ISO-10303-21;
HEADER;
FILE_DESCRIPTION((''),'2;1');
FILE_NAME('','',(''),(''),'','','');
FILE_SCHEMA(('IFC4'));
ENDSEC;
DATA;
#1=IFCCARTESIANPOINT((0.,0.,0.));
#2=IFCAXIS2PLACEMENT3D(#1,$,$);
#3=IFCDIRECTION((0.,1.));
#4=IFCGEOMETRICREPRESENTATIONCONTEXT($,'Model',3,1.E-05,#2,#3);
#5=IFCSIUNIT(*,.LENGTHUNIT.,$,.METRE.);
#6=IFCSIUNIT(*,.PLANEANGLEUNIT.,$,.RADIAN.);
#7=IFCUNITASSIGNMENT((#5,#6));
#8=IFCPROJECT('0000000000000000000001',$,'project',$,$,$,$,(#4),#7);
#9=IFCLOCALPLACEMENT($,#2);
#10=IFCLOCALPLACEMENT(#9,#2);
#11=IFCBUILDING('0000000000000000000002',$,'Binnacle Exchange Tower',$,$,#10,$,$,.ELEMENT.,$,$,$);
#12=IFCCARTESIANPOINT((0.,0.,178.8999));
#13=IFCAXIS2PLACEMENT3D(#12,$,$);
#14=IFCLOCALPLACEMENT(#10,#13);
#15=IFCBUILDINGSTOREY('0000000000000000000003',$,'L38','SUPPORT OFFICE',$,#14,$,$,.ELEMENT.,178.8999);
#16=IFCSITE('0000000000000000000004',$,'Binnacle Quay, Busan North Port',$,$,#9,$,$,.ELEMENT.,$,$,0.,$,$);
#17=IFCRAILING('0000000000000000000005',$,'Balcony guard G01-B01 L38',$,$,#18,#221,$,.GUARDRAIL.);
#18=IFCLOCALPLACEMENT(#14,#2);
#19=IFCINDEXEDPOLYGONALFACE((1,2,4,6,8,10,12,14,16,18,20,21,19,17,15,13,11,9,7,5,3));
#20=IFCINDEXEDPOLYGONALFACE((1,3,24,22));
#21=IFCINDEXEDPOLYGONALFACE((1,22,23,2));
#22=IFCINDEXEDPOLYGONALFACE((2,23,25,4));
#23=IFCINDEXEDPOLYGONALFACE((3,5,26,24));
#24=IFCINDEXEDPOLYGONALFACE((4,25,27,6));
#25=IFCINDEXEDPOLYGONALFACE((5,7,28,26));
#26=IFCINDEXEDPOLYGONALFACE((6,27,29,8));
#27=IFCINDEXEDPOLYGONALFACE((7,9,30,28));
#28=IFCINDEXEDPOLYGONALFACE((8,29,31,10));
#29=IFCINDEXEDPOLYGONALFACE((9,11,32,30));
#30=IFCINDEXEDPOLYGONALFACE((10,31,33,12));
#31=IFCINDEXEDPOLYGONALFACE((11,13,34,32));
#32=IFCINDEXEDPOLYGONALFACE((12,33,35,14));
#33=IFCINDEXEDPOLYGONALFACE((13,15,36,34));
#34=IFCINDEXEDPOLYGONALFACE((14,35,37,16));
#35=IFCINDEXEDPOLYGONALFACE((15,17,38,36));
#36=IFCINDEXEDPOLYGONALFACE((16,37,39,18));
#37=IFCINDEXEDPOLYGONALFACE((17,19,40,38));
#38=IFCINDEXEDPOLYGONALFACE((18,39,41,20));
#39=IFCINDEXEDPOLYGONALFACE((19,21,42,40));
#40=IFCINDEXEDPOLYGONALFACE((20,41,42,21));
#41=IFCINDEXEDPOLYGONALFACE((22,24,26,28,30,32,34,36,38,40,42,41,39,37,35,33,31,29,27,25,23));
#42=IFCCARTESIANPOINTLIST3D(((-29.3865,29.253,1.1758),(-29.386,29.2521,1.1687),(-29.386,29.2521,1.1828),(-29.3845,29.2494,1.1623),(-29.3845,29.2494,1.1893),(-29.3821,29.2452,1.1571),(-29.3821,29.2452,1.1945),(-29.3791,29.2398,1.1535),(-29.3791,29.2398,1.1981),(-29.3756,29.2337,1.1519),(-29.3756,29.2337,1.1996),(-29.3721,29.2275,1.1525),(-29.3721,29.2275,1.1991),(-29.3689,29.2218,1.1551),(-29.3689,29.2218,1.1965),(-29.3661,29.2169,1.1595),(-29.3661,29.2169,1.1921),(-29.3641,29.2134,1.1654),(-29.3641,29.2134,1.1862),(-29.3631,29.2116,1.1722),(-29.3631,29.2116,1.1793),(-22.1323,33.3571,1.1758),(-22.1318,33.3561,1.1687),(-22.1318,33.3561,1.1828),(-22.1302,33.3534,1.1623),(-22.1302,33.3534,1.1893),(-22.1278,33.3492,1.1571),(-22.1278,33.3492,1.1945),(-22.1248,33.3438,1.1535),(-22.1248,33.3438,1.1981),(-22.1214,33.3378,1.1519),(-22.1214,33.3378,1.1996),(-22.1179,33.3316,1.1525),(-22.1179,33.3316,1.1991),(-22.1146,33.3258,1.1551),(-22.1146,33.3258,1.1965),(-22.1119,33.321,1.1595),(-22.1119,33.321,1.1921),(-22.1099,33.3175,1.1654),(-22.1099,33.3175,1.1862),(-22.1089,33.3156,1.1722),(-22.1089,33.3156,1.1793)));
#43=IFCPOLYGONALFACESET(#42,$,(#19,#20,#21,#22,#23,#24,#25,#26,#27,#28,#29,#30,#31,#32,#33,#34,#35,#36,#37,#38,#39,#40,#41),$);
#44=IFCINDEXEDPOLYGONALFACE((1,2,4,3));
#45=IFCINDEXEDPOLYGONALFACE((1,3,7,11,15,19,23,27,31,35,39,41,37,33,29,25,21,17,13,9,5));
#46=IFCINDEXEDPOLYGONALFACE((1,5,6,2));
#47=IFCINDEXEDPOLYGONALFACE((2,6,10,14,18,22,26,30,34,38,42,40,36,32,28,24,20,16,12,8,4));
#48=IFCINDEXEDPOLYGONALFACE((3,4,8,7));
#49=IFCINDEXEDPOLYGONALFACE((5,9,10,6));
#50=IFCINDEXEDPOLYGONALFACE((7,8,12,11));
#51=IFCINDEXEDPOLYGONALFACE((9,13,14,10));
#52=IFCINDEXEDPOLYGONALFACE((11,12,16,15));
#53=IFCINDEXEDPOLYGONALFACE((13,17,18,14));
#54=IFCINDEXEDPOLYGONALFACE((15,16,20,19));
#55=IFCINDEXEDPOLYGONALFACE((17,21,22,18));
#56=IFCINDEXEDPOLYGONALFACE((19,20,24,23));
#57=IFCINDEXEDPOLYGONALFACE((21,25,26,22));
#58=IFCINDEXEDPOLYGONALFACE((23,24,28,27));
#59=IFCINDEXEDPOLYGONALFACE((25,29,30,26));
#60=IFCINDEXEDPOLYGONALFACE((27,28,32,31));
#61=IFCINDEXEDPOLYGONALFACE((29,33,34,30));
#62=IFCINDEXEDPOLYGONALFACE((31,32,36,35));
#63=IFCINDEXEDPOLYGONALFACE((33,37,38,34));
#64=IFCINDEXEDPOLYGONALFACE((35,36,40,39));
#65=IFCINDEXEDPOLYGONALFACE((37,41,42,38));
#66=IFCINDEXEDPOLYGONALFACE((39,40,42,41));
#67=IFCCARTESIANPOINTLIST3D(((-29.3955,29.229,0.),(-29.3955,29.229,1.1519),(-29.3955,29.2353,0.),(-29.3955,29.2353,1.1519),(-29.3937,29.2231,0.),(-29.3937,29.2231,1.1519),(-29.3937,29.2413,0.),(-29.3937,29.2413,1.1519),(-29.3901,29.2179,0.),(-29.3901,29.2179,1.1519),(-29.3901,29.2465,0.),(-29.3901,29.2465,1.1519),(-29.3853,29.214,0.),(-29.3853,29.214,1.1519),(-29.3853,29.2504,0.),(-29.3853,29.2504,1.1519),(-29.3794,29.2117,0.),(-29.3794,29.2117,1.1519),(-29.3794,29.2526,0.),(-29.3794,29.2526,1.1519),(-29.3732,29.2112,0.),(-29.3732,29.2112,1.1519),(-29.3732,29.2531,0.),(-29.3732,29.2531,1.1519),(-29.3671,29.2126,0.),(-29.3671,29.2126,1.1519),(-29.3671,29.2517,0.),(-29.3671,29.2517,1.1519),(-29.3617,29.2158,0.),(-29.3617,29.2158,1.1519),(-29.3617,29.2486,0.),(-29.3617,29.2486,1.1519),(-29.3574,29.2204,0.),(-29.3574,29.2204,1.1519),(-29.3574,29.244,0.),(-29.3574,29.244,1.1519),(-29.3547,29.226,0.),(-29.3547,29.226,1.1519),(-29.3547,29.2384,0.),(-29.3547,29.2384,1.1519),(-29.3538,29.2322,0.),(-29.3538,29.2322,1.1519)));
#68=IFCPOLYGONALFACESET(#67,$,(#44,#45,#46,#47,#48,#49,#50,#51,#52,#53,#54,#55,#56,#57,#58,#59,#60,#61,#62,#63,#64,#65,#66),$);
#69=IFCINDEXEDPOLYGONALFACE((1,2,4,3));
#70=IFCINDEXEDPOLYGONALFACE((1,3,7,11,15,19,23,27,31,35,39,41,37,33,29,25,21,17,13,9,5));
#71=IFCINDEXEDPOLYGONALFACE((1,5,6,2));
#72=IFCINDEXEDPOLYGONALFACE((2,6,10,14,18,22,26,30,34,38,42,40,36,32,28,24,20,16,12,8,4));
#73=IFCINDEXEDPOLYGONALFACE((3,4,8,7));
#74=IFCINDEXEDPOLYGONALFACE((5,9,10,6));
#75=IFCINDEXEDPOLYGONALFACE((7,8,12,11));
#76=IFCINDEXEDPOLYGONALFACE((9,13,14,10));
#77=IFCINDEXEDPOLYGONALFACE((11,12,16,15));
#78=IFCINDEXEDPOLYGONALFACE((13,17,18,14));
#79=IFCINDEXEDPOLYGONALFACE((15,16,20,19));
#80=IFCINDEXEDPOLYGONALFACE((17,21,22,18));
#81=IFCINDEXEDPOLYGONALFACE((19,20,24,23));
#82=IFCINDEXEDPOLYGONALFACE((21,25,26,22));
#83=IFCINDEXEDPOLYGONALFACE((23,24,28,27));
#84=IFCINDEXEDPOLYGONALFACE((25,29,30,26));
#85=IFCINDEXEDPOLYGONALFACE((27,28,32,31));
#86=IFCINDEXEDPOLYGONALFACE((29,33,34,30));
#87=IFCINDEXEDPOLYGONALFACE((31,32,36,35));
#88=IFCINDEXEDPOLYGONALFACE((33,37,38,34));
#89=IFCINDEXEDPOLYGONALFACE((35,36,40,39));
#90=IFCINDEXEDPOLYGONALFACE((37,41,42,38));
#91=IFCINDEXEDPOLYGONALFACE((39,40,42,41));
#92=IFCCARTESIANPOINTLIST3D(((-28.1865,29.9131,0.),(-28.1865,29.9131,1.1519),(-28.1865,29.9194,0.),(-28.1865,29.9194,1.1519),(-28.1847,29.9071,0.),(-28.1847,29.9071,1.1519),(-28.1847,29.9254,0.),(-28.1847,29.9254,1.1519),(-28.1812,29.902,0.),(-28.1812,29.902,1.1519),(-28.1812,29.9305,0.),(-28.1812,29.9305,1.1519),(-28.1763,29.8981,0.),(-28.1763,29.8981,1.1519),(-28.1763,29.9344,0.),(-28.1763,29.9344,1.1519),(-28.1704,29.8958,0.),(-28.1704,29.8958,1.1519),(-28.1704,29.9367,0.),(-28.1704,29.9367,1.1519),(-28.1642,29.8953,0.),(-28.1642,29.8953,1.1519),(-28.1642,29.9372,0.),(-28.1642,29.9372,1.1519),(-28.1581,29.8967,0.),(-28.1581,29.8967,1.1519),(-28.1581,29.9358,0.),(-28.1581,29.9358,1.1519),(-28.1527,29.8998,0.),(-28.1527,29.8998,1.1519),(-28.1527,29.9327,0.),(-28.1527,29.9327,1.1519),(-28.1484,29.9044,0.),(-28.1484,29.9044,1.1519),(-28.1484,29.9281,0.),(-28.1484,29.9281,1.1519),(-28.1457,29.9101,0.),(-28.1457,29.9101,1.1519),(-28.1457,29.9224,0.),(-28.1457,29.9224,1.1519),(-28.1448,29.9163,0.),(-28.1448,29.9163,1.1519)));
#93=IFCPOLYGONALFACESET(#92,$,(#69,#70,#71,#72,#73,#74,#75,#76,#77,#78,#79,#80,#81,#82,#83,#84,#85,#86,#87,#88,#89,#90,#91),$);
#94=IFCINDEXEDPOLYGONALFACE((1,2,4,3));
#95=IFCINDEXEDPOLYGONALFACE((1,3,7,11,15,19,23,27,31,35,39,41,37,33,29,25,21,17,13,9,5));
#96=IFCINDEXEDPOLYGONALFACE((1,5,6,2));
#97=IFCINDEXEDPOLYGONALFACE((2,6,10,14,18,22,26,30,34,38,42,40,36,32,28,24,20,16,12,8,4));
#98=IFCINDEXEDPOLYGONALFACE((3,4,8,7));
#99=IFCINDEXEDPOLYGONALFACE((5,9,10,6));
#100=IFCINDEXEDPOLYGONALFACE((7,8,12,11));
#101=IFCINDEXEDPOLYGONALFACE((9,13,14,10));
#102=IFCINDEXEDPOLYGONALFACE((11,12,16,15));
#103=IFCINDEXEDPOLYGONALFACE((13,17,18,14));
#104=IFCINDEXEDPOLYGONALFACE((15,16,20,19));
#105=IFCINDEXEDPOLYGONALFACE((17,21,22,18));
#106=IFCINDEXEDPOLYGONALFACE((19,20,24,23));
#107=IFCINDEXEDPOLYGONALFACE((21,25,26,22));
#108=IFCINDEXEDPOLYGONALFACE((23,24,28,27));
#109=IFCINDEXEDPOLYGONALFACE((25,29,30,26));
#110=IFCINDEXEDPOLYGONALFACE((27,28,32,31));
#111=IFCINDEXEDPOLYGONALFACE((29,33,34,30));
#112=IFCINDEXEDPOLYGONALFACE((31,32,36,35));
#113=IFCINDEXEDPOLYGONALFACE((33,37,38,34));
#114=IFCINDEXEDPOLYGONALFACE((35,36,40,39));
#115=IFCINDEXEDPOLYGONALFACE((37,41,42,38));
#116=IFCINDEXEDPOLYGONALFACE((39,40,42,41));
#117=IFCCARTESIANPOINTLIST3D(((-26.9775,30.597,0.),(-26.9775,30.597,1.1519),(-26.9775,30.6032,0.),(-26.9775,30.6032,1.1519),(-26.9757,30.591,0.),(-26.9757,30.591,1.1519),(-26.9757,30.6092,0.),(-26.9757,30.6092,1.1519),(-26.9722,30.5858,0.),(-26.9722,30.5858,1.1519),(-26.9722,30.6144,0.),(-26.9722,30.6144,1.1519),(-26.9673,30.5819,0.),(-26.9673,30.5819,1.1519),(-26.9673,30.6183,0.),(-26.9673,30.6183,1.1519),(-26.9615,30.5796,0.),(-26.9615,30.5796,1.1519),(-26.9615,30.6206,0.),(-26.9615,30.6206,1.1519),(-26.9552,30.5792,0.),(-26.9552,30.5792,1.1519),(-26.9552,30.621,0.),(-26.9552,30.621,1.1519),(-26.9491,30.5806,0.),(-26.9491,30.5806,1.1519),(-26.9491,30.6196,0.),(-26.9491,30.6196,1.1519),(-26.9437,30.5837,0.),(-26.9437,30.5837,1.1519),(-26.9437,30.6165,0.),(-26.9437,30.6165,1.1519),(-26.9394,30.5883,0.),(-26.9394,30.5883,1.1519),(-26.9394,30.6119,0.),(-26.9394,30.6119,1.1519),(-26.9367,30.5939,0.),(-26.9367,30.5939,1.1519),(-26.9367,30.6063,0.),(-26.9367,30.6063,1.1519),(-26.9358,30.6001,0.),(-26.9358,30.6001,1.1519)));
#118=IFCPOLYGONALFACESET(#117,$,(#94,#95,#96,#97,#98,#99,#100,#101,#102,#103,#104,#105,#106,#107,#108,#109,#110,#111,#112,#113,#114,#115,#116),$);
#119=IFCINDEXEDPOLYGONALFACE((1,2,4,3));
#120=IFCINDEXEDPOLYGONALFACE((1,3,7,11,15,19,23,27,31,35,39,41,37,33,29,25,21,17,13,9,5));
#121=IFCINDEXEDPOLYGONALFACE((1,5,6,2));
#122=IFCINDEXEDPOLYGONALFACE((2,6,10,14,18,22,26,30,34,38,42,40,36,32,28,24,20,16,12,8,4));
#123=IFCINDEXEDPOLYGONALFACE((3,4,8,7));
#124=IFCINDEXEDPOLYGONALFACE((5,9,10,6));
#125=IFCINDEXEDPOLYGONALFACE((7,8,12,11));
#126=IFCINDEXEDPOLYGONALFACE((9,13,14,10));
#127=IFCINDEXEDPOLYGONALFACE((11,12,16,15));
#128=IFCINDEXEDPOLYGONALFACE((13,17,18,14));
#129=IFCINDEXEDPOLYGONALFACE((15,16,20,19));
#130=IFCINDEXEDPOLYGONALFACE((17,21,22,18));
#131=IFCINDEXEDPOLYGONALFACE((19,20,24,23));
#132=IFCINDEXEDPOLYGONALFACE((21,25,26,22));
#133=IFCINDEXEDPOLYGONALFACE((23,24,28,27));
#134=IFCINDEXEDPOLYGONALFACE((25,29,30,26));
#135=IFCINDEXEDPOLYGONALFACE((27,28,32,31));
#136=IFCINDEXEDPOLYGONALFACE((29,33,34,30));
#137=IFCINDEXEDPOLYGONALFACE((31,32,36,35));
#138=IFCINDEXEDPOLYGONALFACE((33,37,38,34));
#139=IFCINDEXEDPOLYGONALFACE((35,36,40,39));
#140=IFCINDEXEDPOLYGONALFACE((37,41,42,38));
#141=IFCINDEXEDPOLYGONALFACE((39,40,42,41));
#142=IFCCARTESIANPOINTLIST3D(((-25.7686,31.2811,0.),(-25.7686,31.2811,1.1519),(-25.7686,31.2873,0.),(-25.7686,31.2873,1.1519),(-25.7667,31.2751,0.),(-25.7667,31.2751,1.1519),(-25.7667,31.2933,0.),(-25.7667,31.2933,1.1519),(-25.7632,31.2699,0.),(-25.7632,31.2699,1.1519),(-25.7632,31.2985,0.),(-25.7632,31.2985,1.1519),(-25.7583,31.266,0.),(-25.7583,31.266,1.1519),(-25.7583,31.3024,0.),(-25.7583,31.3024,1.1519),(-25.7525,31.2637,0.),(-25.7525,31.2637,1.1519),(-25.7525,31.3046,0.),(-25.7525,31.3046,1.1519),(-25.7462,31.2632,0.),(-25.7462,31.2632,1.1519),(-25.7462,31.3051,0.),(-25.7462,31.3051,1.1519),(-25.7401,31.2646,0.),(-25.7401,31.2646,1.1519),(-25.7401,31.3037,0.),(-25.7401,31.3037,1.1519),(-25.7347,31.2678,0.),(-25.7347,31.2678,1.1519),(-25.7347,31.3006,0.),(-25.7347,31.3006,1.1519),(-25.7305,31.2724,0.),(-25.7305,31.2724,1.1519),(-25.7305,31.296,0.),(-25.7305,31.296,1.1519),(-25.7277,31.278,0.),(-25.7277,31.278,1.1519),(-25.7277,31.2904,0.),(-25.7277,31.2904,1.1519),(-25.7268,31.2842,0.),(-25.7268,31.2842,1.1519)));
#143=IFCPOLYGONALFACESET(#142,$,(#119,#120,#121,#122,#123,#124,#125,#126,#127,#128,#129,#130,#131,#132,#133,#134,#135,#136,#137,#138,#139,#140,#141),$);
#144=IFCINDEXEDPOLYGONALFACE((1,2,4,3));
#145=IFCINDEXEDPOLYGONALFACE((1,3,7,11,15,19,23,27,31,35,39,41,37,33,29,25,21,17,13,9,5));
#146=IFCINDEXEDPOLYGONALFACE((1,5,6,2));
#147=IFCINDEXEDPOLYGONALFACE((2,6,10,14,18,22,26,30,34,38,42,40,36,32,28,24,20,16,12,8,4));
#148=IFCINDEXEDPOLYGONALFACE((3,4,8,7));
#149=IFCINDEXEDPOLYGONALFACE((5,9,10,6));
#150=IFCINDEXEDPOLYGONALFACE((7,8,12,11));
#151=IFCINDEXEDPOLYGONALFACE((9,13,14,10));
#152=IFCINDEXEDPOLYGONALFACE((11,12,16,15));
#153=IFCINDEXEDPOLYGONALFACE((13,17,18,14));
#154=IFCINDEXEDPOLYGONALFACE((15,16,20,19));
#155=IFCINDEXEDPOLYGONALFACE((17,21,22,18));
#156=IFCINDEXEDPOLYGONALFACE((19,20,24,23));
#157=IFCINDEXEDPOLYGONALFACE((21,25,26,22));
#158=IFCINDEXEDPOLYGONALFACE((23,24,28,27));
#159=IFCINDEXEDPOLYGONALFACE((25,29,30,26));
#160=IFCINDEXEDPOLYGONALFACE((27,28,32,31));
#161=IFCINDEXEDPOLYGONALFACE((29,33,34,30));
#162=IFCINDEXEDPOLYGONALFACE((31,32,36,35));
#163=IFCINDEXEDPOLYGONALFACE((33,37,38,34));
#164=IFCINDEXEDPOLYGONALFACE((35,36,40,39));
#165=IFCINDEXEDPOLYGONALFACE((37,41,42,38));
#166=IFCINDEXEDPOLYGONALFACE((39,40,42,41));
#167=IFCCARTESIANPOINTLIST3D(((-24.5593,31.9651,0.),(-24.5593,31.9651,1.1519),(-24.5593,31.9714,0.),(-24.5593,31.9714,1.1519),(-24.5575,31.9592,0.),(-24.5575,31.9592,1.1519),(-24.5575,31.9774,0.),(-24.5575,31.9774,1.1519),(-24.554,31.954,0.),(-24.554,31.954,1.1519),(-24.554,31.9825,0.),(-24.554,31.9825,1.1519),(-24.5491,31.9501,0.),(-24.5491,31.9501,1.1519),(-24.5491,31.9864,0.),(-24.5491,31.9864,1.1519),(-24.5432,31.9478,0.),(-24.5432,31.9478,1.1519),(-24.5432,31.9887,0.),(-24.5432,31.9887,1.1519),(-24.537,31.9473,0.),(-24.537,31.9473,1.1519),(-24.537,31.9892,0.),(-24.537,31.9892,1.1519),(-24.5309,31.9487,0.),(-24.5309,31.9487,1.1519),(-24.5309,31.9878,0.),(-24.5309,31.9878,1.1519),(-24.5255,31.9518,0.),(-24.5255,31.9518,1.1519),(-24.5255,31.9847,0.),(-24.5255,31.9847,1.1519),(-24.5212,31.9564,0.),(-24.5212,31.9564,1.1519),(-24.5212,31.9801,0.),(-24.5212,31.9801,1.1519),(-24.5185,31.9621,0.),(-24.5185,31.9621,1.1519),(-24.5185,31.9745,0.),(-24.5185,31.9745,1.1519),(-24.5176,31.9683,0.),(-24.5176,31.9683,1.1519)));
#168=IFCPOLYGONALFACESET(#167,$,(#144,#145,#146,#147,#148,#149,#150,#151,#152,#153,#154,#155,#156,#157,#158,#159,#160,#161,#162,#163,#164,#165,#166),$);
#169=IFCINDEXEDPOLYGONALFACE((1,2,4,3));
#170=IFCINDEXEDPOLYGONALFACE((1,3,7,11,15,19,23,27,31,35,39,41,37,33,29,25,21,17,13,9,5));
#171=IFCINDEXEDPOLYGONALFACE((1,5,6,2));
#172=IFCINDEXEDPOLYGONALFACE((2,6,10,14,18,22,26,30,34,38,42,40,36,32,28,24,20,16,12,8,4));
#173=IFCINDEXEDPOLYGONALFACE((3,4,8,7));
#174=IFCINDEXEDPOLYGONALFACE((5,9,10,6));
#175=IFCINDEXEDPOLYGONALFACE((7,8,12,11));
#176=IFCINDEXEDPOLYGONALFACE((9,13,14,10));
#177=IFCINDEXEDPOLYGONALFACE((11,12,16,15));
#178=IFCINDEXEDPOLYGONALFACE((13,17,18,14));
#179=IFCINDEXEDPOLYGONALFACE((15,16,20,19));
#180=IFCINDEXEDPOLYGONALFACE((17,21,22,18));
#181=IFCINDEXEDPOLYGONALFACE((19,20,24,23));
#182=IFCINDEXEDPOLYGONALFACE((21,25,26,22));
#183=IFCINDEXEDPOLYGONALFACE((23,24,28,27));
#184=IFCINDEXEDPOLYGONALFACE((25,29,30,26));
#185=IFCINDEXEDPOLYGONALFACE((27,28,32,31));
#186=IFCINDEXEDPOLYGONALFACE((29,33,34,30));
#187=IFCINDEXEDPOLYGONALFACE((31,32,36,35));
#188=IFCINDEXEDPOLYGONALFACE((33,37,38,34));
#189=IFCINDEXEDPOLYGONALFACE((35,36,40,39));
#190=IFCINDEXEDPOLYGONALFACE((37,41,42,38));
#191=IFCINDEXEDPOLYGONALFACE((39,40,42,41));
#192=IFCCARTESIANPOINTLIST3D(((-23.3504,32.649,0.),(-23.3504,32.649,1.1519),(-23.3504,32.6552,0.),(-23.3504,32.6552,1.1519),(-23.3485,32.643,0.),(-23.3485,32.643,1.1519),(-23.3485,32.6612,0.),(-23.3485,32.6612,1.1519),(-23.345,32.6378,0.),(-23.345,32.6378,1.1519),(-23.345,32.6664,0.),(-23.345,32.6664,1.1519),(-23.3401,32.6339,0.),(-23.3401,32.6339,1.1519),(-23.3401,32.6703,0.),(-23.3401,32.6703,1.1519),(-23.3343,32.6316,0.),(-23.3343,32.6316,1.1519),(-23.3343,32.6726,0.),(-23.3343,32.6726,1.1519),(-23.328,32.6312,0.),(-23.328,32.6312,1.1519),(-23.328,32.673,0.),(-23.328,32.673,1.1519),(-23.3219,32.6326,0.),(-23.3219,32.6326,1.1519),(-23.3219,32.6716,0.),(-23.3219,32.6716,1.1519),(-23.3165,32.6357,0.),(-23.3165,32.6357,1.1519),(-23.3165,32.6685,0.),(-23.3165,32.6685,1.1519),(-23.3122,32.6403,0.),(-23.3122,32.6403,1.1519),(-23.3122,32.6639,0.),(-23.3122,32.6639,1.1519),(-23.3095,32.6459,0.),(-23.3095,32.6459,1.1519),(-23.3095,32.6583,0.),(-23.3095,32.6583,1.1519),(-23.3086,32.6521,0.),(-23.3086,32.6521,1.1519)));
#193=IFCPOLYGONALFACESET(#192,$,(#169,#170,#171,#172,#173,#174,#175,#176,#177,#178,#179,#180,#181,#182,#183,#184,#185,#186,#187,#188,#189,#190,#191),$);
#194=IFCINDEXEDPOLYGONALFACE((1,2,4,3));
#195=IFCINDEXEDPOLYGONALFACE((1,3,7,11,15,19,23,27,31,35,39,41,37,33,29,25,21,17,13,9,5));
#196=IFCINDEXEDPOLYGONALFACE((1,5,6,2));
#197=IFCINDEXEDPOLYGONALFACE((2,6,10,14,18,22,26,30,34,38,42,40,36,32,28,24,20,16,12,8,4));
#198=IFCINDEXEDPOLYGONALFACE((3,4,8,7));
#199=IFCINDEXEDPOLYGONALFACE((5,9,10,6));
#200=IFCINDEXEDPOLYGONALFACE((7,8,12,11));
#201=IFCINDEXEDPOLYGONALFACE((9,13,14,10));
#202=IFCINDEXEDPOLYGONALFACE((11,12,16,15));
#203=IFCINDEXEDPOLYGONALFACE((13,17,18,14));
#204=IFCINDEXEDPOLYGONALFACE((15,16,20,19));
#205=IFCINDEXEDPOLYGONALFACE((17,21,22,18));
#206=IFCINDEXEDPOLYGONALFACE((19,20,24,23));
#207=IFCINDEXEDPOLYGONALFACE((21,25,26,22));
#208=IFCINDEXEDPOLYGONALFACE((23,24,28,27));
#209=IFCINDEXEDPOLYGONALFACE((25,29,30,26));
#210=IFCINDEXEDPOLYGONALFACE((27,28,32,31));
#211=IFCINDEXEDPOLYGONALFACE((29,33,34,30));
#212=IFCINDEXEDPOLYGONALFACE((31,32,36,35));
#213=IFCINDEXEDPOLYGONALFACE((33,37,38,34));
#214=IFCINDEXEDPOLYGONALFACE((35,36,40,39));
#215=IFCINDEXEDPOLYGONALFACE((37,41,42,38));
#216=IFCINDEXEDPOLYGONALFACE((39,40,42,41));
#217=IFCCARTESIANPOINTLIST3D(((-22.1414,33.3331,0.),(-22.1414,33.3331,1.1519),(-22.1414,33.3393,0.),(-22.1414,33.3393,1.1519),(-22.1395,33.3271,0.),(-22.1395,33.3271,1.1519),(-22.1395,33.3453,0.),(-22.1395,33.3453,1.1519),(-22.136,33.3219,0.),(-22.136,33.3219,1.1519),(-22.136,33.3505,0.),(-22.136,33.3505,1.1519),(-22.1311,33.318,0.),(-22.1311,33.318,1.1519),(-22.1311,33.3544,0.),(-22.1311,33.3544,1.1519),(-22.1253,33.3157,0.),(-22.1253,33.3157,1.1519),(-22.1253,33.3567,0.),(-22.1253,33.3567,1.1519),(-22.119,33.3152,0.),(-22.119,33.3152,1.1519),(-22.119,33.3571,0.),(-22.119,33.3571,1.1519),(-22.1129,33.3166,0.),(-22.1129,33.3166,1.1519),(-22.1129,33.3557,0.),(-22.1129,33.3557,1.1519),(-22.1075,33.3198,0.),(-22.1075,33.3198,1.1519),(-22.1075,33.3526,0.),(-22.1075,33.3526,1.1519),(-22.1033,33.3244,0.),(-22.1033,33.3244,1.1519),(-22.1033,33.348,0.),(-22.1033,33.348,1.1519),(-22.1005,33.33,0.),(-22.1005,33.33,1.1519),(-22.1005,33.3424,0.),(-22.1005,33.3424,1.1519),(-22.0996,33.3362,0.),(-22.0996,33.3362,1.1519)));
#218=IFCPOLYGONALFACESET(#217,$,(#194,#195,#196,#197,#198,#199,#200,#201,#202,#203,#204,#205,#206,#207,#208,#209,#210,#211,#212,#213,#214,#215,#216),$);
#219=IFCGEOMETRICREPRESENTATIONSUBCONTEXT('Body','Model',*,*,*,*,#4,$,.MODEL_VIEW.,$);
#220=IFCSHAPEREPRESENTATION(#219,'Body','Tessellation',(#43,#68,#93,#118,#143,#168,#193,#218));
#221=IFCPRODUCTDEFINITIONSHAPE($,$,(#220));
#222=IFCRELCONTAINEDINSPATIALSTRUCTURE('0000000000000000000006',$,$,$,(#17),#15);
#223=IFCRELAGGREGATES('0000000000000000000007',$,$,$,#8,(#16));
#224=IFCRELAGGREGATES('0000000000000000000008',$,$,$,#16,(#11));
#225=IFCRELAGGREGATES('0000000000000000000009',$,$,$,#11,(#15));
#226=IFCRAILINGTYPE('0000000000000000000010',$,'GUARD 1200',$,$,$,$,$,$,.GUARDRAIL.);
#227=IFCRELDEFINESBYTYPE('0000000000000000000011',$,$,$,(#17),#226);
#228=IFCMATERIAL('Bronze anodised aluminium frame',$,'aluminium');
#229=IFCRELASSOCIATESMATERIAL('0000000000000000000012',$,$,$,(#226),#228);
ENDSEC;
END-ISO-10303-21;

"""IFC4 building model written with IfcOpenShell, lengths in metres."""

from ifc_helpers import new_model, si_unit, direction, frame, origin, origin_2d, place, context, subcontext, project, spatial, circle, extrude, material, type_object, element, save


model = new_model("IFC4")

# Units and contexts
model_context = context("Model", 3, precision=1e-05, world=origin(), true_north=direction((0.0, 1.0)))
body_context = subcontext(model_context, "Body", "Model", "MODEL_VIEW")
ifc_project = project(units=[si_unit("LENGTHUNIT", "METRE"), si_unit("PLANEANGLEUNIT", "RADIAN")], contexts=[model_context])

# Site, building, storey
site_placement = place(None, origin())
site = spatial("IfcSite", under=ifc_project, at=site_placement, Name="Binnacle Quay, Busan North Port", CompositionType="ELEMENT", RefElevation=0.0)
building_placement = place(site_placement, origin())
building = spatial("IfcBuilding", under=site, at=building_placement, Name="Binnacle Exchange Tower", CompositionType="ELEMENT")
storey_placement = place(building_placement, frame((0.0, 0.0, 178.8999)))
storey = spatial("IfcBuildingStorey", under=building, at=storey_placement, Name="L38", Description="SUPPORT OFFICE", CompositionType="ELEMENT", Elevation=178.8999)

# Railing
ifc_material_1 = material(Name="Bronze anodised aluminium frame", Category="aluminium")
railing_type_1 = type_object("IfcRailingType", Name="GUARD 1200", PredefinedType="GUARDRAIL", material=ifc_material_1)
railing_1_placement = place(storey_placement, frame((-29.3748, 29.2322, 0.0)))
element("IfcRailing", 1, at=railing_1_placement, inside=storey, type_object=railing_type_1, Name="Balcony guard G01-B01 L38", PredefinedType="GUARDRAIL", context=body_context, shape_type="SweptSolid", body=[
    extrude(circle(Radius=0.0239, at=origin_2d()), frame((0.0, 0.0, 1.1758), z_axis=(0.870366, 0.492406, 0.0), x_axis=(-0.492406, 0.870366, 0.0)), (0.0, 0.0, 1.0), 8.3347),
    extrude(circle(Radius=0.021, at=origin_2d()), origin(), (0.0, 0.0, 1.0), 1.1519),
    extrude(circle(Radius=0.021, at=origin_2d()), frame((1.209, 0.6841, 0.0)), (0.0, 0.0, 1.0), 1.1519),
    extrude(circle(Radius=0.021, at=origin_2d()), frame((2.418, 1.3679, 0.0)), (0.0, 0.0, 1.0), 1.1519),
    extrude(circle(Radius=0.021, at=origin_2d()), frame((3.627, 2.052, 0.0)), (0.0, 0.0, 1.0), 1.1519),
    extrude(circle(Radius=0.021, at=origin_2d()), frame((4.8362, 2.7361, 0.0)), (0.0, 0.0, 1.0), 1.1519),
    extrude(circle(Radius=0.021, at=origin_2d()), frame((6.0452, 3.4199, 0.0)), (0.0, 0.0, 1.0), 1.1519),
    extrude(circle(Radius=0.021, at=origin_2d()), frame((7.2542, 4.104, 0.0)), (0.0, 0.0, 1.0), 1.1519),
])

save(model, "model.ifc")
